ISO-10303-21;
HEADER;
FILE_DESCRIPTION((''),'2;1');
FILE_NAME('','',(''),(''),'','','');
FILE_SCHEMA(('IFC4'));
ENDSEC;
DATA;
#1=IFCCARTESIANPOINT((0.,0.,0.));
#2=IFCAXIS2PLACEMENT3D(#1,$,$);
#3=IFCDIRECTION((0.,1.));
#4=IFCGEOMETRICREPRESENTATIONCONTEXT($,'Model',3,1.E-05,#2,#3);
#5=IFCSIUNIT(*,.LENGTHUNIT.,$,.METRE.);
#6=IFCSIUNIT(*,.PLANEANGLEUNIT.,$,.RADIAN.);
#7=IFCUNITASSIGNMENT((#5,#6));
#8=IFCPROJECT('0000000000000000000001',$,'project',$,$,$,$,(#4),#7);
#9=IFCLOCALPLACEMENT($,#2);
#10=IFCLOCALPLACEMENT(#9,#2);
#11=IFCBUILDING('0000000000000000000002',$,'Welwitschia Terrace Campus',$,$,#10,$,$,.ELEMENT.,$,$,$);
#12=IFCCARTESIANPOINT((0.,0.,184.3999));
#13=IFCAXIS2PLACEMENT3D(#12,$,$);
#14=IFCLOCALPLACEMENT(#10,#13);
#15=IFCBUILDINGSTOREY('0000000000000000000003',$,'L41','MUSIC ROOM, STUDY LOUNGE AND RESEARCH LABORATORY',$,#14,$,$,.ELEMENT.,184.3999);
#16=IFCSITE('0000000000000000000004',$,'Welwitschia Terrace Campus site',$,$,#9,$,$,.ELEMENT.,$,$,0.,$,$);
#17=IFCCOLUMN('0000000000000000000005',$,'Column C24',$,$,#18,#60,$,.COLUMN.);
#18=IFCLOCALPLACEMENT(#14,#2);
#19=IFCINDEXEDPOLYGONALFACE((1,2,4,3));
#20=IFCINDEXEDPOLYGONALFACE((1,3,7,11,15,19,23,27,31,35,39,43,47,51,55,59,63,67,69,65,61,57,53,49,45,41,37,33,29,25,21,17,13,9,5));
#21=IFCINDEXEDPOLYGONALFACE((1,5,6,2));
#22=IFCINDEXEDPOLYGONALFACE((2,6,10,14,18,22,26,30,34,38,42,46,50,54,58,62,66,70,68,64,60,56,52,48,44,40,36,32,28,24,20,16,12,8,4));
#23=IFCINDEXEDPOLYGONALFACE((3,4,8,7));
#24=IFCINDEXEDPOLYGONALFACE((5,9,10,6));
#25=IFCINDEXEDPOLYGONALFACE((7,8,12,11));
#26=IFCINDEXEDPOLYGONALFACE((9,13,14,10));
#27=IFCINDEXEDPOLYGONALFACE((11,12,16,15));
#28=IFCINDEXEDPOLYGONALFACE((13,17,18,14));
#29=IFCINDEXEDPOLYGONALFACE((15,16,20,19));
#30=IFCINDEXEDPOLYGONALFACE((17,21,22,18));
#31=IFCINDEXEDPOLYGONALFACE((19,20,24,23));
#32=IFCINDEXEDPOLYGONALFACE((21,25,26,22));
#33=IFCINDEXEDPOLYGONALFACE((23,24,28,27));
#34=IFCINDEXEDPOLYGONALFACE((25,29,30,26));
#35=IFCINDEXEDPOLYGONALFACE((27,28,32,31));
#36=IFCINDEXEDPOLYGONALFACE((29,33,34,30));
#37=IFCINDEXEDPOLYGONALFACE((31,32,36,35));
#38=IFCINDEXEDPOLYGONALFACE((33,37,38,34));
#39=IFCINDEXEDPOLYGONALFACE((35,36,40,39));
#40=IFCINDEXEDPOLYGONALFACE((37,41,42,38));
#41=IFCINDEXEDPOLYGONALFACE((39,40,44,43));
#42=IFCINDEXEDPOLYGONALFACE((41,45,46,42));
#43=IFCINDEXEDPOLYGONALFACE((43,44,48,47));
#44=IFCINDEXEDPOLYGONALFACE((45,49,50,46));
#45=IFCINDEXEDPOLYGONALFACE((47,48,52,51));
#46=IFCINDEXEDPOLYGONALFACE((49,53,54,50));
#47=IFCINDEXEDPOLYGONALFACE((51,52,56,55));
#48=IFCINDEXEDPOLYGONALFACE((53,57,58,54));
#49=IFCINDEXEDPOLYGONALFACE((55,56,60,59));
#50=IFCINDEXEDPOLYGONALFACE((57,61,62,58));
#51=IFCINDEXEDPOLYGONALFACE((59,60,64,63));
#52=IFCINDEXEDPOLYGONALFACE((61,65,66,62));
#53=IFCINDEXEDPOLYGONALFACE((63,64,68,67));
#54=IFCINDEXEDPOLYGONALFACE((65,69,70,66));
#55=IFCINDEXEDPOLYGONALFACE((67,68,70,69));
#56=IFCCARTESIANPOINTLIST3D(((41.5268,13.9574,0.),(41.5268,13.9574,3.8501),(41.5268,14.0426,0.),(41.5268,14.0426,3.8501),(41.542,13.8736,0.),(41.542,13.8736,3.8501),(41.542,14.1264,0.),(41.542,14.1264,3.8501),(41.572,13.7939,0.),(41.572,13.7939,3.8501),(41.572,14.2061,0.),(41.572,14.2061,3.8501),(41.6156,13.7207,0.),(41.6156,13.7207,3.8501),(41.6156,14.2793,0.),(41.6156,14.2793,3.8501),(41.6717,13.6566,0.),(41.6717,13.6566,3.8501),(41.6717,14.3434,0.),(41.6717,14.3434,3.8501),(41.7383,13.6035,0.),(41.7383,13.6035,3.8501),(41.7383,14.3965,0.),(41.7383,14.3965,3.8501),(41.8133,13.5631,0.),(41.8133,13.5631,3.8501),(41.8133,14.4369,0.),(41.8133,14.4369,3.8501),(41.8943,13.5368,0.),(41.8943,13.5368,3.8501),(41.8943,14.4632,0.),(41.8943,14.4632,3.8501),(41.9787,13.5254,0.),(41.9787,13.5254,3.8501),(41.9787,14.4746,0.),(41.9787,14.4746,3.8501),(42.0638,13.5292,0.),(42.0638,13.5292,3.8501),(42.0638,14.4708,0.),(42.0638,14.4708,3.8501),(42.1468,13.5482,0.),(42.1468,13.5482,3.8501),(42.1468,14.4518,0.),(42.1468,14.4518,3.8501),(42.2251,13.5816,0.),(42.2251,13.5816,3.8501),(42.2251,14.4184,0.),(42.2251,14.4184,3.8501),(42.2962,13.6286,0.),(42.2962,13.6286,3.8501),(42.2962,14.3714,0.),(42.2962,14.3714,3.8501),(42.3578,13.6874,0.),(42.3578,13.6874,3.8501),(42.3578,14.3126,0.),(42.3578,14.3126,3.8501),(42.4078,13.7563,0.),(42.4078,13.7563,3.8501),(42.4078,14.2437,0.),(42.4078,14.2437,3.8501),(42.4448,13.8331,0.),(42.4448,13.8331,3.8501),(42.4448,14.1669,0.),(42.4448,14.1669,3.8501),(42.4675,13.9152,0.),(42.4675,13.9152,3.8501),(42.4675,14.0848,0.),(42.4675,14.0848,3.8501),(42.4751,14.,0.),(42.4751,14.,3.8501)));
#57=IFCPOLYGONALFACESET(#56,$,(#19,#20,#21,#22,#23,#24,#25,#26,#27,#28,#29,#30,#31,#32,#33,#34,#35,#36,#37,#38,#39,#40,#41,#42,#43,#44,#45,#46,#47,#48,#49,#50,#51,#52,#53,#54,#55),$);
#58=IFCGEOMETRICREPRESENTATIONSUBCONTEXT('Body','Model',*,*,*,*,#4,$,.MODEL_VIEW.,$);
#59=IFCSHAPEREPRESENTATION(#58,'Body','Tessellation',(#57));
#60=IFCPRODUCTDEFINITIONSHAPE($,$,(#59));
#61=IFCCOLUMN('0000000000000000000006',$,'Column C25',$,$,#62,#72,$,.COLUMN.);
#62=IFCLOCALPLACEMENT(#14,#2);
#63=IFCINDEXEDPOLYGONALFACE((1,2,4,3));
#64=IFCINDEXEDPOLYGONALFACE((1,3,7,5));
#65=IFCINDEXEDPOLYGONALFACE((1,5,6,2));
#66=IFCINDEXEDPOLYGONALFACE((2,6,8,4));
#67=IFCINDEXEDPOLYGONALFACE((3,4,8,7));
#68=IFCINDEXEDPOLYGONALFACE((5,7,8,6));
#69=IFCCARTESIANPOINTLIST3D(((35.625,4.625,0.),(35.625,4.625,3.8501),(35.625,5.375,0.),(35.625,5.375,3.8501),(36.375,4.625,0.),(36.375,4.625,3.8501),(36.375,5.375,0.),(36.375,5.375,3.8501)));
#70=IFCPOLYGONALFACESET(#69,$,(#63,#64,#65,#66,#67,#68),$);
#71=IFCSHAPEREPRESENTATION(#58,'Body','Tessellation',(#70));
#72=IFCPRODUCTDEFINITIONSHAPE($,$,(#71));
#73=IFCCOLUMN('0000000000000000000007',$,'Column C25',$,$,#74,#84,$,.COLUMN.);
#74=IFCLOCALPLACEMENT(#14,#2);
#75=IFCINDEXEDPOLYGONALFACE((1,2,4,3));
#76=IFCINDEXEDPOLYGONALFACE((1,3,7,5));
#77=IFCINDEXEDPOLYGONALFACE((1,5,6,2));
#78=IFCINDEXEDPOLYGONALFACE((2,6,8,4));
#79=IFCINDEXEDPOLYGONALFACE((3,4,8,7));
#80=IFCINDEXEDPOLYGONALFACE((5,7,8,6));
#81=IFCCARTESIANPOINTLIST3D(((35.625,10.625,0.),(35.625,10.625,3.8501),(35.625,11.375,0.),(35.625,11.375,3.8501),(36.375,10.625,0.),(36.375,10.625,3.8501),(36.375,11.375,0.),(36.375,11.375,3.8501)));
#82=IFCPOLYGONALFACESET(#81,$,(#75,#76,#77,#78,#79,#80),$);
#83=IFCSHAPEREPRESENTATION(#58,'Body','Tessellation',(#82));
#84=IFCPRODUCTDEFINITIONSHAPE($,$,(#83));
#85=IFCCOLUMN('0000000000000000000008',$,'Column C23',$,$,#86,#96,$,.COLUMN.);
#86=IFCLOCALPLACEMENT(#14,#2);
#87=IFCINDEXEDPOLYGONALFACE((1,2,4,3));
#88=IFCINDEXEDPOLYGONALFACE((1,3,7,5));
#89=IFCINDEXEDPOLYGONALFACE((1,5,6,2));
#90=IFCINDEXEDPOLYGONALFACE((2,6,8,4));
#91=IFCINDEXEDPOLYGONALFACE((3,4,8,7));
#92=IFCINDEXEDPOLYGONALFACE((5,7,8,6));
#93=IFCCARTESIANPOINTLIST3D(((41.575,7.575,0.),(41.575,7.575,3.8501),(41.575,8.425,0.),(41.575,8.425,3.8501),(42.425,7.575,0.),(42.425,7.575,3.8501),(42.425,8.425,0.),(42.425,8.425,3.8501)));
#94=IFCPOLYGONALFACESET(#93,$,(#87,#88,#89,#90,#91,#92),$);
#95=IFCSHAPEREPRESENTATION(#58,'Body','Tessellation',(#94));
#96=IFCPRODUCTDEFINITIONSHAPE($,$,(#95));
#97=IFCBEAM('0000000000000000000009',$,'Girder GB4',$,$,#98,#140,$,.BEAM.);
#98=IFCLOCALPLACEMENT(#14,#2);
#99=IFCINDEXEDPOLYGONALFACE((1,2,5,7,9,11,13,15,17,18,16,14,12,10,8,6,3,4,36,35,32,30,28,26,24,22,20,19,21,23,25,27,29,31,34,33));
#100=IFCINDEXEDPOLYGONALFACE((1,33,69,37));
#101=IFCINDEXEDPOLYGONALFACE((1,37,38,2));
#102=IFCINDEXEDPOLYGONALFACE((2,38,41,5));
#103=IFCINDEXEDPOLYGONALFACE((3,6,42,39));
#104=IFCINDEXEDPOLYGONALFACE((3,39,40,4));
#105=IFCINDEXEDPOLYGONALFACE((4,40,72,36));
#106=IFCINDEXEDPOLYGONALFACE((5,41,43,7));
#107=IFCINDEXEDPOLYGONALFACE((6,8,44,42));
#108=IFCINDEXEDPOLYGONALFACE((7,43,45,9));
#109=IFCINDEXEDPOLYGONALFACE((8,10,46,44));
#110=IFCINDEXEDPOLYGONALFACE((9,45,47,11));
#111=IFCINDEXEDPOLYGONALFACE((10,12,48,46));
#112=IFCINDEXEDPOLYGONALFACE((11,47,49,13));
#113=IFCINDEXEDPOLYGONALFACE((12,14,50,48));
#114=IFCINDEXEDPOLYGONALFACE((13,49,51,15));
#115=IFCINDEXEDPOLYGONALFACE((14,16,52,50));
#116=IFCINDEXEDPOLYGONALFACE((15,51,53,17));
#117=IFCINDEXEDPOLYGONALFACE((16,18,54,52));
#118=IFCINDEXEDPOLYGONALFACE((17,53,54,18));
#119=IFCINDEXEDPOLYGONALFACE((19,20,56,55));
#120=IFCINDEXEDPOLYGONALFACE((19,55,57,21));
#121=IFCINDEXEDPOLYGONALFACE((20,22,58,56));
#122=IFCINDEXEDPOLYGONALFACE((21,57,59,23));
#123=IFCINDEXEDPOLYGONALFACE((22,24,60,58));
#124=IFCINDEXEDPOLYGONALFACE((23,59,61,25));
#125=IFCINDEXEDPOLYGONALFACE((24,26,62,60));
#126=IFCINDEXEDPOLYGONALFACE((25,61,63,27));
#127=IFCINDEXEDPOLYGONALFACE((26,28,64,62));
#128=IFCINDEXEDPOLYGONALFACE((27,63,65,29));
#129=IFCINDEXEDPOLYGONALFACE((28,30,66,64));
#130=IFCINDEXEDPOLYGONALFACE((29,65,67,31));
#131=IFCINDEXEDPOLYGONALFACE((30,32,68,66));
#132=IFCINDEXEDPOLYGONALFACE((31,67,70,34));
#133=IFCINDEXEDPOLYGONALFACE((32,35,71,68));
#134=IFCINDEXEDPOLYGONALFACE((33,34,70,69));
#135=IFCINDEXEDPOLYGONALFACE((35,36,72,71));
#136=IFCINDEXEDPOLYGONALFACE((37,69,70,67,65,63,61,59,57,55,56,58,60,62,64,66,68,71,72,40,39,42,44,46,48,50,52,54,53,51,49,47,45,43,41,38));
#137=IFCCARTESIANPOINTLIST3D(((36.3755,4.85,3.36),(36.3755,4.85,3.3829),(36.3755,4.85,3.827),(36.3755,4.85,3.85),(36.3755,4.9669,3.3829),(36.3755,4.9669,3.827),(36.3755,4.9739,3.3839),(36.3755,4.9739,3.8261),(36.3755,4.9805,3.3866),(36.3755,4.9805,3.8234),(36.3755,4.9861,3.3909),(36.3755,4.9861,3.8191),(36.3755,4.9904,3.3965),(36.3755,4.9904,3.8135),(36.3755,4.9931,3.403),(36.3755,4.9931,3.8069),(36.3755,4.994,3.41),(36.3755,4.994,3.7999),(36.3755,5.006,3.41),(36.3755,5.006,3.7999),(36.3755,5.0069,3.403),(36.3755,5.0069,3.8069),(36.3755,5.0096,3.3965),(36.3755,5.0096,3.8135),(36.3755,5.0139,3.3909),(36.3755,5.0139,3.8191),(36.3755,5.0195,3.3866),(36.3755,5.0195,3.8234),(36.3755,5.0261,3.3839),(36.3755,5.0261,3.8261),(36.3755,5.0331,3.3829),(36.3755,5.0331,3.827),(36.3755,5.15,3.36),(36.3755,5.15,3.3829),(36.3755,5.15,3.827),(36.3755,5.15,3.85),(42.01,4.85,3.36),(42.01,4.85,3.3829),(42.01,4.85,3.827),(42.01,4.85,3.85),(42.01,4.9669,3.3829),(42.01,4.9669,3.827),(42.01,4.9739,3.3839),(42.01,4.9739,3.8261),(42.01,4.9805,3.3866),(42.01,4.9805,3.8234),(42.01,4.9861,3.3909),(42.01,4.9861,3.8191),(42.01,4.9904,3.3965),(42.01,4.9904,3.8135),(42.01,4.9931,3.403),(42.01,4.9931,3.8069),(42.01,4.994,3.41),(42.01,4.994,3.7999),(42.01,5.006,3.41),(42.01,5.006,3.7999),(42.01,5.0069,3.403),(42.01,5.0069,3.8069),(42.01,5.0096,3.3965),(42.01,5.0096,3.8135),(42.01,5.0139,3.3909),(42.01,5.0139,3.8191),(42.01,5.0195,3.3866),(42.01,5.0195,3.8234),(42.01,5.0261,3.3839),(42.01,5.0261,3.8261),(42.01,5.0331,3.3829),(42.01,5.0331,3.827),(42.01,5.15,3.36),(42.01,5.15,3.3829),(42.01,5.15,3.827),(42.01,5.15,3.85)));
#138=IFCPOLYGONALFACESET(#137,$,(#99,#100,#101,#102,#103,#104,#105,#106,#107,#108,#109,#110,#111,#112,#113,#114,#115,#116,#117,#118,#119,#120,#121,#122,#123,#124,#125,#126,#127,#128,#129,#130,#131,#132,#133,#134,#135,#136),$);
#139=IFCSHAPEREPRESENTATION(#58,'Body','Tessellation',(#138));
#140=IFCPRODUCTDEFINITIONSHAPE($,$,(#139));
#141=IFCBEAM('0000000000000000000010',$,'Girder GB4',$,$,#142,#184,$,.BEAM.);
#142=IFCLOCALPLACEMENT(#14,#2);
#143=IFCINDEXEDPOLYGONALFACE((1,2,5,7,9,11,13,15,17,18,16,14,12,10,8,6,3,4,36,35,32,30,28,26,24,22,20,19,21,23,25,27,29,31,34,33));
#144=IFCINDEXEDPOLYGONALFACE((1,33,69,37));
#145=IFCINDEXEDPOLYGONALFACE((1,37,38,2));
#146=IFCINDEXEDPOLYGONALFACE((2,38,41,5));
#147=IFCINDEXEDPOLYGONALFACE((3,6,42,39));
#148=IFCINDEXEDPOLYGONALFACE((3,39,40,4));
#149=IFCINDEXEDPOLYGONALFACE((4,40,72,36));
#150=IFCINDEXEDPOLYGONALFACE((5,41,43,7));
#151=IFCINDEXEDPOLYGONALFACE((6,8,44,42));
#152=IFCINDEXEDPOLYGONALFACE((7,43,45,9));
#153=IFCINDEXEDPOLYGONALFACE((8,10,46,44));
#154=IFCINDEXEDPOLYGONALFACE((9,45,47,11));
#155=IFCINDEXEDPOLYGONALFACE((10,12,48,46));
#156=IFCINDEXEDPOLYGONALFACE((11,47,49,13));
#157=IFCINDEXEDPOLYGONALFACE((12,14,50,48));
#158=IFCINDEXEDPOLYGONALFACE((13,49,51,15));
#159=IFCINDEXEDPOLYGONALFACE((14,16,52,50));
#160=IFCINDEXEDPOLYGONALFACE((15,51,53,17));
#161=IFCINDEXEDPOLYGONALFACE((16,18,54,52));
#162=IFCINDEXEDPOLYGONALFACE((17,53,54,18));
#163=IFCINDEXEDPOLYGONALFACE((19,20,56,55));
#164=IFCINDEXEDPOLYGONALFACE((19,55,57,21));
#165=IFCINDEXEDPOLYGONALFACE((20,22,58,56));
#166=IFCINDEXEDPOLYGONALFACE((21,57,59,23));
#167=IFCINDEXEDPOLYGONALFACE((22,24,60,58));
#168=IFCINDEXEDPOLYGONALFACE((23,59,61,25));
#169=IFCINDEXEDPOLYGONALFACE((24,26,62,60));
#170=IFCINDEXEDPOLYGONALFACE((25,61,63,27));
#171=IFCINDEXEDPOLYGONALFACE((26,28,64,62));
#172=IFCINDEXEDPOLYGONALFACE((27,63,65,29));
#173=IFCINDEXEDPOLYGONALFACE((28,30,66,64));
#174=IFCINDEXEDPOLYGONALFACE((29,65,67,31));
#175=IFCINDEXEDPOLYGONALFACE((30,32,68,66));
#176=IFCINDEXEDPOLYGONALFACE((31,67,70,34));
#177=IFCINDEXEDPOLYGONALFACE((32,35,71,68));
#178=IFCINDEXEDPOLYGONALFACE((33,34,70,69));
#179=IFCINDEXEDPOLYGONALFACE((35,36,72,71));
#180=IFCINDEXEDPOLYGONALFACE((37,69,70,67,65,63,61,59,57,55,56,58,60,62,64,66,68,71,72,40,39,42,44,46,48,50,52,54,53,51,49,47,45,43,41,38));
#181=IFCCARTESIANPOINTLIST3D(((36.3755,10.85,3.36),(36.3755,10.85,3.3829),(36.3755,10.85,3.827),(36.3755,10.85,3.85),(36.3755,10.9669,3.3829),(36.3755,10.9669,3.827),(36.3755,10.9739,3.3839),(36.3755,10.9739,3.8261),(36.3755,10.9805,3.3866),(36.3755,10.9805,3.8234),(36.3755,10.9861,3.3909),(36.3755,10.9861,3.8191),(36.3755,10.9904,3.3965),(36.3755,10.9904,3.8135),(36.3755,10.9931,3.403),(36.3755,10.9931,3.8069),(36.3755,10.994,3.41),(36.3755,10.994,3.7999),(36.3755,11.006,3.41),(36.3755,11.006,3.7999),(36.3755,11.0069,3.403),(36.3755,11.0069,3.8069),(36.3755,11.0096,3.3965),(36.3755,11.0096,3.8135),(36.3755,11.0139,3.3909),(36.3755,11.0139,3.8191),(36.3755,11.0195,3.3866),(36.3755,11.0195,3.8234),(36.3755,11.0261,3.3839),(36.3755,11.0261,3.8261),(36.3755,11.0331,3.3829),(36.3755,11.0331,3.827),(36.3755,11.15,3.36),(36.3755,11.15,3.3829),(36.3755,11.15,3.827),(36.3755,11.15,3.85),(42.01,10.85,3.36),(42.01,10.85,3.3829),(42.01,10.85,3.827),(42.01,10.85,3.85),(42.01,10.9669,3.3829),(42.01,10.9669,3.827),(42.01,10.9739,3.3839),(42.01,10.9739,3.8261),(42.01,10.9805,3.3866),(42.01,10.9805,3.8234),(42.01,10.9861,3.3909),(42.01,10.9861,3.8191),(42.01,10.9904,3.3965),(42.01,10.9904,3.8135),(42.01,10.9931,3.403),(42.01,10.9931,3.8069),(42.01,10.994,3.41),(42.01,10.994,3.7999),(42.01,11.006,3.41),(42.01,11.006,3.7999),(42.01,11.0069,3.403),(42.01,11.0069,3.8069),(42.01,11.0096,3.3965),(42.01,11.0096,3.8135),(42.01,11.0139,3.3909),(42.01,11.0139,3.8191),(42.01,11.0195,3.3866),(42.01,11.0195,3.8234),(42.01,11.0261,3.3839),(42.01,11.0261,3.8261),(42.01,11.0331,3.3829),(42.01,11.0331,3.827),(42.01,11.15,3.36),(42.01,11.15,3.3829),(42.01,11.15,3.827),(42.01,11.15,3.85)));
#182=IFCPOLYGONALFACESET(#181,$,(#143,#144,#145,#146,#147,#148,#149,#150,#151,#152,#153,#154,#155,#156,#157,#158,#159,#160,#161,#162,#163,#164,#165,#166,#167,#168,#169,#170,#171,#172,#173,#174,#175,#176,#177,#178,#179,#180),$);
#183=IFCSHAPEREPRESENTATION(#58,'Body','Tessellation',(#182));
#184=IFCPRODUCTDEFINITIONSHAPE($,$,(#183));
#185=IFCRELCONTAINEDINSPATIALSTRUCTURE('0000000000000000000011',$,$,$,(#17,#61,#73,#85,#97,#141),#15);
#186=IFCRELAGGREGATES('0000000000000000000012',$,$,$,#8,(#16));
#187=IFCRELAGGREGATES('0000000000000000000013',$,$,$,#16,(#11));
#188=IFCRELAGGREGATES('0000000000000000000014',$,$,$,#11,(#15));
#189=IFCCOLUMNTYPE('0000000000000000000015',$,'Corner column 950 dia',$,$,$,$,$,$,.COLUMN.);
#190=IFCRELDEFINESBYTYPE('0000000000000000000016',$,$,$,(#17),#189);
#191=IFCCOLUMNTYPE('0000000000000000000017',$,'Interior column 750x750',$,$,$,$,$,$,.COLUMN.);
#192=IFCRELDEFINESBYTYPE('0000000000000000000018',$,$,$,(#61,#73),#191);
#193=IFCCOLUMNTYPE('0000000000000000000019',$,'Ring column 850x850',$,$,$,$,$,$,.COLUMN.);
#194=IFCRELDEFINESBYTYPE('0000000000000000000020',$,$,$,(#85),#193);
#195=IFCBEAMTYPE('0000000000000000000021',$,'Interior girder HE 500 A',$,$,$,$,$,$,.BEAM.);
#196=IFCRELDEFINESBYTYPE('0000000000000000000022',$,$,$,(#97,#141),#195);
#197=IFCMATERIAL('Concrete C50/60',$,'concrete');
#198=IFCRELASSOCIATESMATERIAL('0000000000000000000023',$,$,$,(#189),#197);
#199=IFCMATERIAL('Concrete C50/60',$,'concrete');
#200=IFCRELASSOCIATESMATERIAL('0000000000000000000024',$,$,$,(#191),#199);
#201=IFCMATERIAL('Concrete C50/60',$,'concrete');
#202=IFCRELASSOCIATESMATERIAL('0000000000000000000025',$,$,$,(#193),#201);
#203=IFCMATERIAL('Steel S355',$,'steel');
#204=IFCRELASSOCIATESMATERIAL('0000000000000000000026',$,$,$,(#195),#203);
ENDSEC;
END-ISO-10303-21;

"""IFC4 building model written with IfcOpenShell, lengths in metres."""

from ifc_helpers import new_model, si_unit, direction, frame, origin, origin_2d, place, context, subcontext, project, spatial, rectangle, circle, i_section, extrude, material, material_profile, profile_set, type_object, element, save


model = new_model("IFC4")

# Units and contexts
model_context = context("Model", 3, precision=1e-05, world=origin(), true_north=direction((0.0, 1.0)))
body_context = subcontext(model_context, "Body", "Model", "MODEL_VIEW")
ifc_project = project(units=[si_unit("LENGTHUNIT", "METRE"), si_unit("PLANEANGLEUNIT", "RADIAN")], contexts=[model_context])

# Site, building, storey
site_placement = place(None, origin())
site = spatial("IfcSite", under=ifc_project, at=site_placement, Name="Welwitschia Terrace Campus site", CompositionType="ELEMENT", RefElevation=0.0)
building_placement = place(site_placement, origin())
building = spatial("IfcBuilding", under=site, at=building_placement, Name="Welwitschia Terrace Campus", CompositionType="ELEMENT")
storey_placement = place(building_placement, frame((0.0, 0.0, 184.3999)))
storey = spatial("IfcBuildingStorey", under=building, at=storey_placement, Name="L41", Description="MUSIC ROOM, STUDY LOUNGE AND RESEARCH LABORATORY", CompositionType="ELEMENT", Elevation=184.3999)

# Columns
ifc_material_1 = material(Name="Concrete C50/60", Category="concrete")
ifc_material_profile_1 = material_profile(ifc_material_1, circle(Radius=0.4751, at=origin_2d()))
ifc_profile_set_1 = profile_set([ifc_material_profile_1], Name="Concrete C50/60")
column_type_1 = type_object("IfcColumnType", Name="Corner column 950 dia", PredefinedType="COLUMN", material=ifc_profile_set_1)
for number, where, z_axis, x_axis, name in (
    (1, (42.0, 14.0, 0.0), (0.0, 0.0, 1.0), (1.0, 0.0, 0.0), "Column C24"),
):
    element("IfcColumn", number, at=place(storey_placement, frame(where, z_axis=z_axis, x_axis=x_axis)), inside=storey, type_object=column_type_1, Name=name, PredefinedType="COLUMN", context=body_context, shape_type="SweptSolid", body=[
        extrude(circle(Radius=0.4751, at=origin_2d()), origin(), (0.0, 0.0, 1.0), 3.8501),
    ])
ifc_material_2 = material(Name="Concrete C50/60", Category="concrete")
ifc_material_profile_2 = material_profile(ifc_material_2, rectangle(XDim=0.75, YDim=0.75, at=origin_2d()))
ifc_profile_set_2 = profile_set([ifc_material_profile_2], Name="Concrete C50/60")
column_type_2 = type_object("IfcColumnType", Name="Interior column 750x750", PredefinedType="COLUMN", material=ifc_profile_set_2)
for number, where, z_axis, x_axis, name in (
    (2, (36.0, 5.0, 0.0), (0.0, 0.0, 1.0), (1.0, 0.0, 0.0), "Column C25"),
    (3, (36.0, 11.0, 0.0), (0.0, 0.0, 1.0), (1.0, 0.0, 0.0), "Column C25"),
):
    element("IfcColumn", number, at=place(storey_placement, frame(where, z_axis=z_axis, x_axis=x_axis)), inside=storey, type_object=column_type_2, Name=name, PredefinedType="COLUMN", context=body_context, shape_type="SweptSolid", body=[
        extrude(rectangle(XDim=0.75, YDim=0.75, at=origin_2d()), origin(), (0.0, 0.0, 1.0), 3.8501),
    ])
ifc_material_3 = material(Name="Concrete C50/60", Category="concrete")
ifc_material_profile_3 = material_profile(ifc_material_3, rectangle(XDim=0.8501, YDim=0.8501, at=origin_2d()))
ifc_profile_set_3 = profile_set([ifc_material_profile_3], Name="Concrete C50/60")
column_type_3 = type_object("IfcColumnType", Name="Ring column 850x850", PredefinedType="COLUMN", material=ifc_profile_set_3)
column_placement = place(storey_placement, frame((42.0, 8.0, 0.0), z_axis=(0.0, 0.0, 1.0), x_axis=(1.0, 0.0, 0.0)))
element("IfcColumn", 4, at=column_placement, inside=storey, type_object=column_type_3, Name="Column C23", PredefinedType="COLUMN", context=body_context, shape_type="SweptSolid", body=[
    extrude(rectangle(XDim=0.8501, YDim=0.8501, at=origin_2d()), origin(), (0.0, 0.0, 1.0), 3.8501),
])

# Beams
ifc_material_4 = material(Name="Steel S355", Category="steel")
ifc_material_profile_4 = material_profile(ifc_material_4, i_section(OverallWidth=0.3, OverallDepth=0.49, WebThickness=0.012, FlangeThickness=0.0229, FilletRadius=0.0271, at=origin_2d()))
ifc_profile_set_4 = profile_set([ifc_material_profile_4], Name="Steel S355")
beam_type_1 = type_object("IfcBeamType", Name="Interior girder HE 500 A", PredefinedType="BEAM", material=ifc_profile_set_4)
for number, where, z_axis, x_axis, name in (
    (5, (36.3755, 5.0, 3.605), (1.0, 0.0, 0.0), (0.0, 1.0, 0.0), "Girder GB4"),
    (6, (36.3755, 11.0, 3.605), (1.0, 0.0, 0.0), (0.0, 1.0, 0.0), "Girder GB4"),
):
    element("IfcBeam", number, at=place(storey_placement, frame(where, z_axis=z_axis, x_axis=x_axis)), inside=storey, type_object=beam_type_1, Name=name, PredefinedType="BEAM", context=body_context, shape_type="SweptSolid", body=[
        extrude(i_section(OverallWidth=0.3, OverallDepth=0.49, WebThickness=0.012, FlangeThickness=0.0229, FilletRadius=0.0271, at=origin_2d()), origin(), (0.0, 0.0, 1.0), 5.6345),
    ])

save(model, "model.ifc")
